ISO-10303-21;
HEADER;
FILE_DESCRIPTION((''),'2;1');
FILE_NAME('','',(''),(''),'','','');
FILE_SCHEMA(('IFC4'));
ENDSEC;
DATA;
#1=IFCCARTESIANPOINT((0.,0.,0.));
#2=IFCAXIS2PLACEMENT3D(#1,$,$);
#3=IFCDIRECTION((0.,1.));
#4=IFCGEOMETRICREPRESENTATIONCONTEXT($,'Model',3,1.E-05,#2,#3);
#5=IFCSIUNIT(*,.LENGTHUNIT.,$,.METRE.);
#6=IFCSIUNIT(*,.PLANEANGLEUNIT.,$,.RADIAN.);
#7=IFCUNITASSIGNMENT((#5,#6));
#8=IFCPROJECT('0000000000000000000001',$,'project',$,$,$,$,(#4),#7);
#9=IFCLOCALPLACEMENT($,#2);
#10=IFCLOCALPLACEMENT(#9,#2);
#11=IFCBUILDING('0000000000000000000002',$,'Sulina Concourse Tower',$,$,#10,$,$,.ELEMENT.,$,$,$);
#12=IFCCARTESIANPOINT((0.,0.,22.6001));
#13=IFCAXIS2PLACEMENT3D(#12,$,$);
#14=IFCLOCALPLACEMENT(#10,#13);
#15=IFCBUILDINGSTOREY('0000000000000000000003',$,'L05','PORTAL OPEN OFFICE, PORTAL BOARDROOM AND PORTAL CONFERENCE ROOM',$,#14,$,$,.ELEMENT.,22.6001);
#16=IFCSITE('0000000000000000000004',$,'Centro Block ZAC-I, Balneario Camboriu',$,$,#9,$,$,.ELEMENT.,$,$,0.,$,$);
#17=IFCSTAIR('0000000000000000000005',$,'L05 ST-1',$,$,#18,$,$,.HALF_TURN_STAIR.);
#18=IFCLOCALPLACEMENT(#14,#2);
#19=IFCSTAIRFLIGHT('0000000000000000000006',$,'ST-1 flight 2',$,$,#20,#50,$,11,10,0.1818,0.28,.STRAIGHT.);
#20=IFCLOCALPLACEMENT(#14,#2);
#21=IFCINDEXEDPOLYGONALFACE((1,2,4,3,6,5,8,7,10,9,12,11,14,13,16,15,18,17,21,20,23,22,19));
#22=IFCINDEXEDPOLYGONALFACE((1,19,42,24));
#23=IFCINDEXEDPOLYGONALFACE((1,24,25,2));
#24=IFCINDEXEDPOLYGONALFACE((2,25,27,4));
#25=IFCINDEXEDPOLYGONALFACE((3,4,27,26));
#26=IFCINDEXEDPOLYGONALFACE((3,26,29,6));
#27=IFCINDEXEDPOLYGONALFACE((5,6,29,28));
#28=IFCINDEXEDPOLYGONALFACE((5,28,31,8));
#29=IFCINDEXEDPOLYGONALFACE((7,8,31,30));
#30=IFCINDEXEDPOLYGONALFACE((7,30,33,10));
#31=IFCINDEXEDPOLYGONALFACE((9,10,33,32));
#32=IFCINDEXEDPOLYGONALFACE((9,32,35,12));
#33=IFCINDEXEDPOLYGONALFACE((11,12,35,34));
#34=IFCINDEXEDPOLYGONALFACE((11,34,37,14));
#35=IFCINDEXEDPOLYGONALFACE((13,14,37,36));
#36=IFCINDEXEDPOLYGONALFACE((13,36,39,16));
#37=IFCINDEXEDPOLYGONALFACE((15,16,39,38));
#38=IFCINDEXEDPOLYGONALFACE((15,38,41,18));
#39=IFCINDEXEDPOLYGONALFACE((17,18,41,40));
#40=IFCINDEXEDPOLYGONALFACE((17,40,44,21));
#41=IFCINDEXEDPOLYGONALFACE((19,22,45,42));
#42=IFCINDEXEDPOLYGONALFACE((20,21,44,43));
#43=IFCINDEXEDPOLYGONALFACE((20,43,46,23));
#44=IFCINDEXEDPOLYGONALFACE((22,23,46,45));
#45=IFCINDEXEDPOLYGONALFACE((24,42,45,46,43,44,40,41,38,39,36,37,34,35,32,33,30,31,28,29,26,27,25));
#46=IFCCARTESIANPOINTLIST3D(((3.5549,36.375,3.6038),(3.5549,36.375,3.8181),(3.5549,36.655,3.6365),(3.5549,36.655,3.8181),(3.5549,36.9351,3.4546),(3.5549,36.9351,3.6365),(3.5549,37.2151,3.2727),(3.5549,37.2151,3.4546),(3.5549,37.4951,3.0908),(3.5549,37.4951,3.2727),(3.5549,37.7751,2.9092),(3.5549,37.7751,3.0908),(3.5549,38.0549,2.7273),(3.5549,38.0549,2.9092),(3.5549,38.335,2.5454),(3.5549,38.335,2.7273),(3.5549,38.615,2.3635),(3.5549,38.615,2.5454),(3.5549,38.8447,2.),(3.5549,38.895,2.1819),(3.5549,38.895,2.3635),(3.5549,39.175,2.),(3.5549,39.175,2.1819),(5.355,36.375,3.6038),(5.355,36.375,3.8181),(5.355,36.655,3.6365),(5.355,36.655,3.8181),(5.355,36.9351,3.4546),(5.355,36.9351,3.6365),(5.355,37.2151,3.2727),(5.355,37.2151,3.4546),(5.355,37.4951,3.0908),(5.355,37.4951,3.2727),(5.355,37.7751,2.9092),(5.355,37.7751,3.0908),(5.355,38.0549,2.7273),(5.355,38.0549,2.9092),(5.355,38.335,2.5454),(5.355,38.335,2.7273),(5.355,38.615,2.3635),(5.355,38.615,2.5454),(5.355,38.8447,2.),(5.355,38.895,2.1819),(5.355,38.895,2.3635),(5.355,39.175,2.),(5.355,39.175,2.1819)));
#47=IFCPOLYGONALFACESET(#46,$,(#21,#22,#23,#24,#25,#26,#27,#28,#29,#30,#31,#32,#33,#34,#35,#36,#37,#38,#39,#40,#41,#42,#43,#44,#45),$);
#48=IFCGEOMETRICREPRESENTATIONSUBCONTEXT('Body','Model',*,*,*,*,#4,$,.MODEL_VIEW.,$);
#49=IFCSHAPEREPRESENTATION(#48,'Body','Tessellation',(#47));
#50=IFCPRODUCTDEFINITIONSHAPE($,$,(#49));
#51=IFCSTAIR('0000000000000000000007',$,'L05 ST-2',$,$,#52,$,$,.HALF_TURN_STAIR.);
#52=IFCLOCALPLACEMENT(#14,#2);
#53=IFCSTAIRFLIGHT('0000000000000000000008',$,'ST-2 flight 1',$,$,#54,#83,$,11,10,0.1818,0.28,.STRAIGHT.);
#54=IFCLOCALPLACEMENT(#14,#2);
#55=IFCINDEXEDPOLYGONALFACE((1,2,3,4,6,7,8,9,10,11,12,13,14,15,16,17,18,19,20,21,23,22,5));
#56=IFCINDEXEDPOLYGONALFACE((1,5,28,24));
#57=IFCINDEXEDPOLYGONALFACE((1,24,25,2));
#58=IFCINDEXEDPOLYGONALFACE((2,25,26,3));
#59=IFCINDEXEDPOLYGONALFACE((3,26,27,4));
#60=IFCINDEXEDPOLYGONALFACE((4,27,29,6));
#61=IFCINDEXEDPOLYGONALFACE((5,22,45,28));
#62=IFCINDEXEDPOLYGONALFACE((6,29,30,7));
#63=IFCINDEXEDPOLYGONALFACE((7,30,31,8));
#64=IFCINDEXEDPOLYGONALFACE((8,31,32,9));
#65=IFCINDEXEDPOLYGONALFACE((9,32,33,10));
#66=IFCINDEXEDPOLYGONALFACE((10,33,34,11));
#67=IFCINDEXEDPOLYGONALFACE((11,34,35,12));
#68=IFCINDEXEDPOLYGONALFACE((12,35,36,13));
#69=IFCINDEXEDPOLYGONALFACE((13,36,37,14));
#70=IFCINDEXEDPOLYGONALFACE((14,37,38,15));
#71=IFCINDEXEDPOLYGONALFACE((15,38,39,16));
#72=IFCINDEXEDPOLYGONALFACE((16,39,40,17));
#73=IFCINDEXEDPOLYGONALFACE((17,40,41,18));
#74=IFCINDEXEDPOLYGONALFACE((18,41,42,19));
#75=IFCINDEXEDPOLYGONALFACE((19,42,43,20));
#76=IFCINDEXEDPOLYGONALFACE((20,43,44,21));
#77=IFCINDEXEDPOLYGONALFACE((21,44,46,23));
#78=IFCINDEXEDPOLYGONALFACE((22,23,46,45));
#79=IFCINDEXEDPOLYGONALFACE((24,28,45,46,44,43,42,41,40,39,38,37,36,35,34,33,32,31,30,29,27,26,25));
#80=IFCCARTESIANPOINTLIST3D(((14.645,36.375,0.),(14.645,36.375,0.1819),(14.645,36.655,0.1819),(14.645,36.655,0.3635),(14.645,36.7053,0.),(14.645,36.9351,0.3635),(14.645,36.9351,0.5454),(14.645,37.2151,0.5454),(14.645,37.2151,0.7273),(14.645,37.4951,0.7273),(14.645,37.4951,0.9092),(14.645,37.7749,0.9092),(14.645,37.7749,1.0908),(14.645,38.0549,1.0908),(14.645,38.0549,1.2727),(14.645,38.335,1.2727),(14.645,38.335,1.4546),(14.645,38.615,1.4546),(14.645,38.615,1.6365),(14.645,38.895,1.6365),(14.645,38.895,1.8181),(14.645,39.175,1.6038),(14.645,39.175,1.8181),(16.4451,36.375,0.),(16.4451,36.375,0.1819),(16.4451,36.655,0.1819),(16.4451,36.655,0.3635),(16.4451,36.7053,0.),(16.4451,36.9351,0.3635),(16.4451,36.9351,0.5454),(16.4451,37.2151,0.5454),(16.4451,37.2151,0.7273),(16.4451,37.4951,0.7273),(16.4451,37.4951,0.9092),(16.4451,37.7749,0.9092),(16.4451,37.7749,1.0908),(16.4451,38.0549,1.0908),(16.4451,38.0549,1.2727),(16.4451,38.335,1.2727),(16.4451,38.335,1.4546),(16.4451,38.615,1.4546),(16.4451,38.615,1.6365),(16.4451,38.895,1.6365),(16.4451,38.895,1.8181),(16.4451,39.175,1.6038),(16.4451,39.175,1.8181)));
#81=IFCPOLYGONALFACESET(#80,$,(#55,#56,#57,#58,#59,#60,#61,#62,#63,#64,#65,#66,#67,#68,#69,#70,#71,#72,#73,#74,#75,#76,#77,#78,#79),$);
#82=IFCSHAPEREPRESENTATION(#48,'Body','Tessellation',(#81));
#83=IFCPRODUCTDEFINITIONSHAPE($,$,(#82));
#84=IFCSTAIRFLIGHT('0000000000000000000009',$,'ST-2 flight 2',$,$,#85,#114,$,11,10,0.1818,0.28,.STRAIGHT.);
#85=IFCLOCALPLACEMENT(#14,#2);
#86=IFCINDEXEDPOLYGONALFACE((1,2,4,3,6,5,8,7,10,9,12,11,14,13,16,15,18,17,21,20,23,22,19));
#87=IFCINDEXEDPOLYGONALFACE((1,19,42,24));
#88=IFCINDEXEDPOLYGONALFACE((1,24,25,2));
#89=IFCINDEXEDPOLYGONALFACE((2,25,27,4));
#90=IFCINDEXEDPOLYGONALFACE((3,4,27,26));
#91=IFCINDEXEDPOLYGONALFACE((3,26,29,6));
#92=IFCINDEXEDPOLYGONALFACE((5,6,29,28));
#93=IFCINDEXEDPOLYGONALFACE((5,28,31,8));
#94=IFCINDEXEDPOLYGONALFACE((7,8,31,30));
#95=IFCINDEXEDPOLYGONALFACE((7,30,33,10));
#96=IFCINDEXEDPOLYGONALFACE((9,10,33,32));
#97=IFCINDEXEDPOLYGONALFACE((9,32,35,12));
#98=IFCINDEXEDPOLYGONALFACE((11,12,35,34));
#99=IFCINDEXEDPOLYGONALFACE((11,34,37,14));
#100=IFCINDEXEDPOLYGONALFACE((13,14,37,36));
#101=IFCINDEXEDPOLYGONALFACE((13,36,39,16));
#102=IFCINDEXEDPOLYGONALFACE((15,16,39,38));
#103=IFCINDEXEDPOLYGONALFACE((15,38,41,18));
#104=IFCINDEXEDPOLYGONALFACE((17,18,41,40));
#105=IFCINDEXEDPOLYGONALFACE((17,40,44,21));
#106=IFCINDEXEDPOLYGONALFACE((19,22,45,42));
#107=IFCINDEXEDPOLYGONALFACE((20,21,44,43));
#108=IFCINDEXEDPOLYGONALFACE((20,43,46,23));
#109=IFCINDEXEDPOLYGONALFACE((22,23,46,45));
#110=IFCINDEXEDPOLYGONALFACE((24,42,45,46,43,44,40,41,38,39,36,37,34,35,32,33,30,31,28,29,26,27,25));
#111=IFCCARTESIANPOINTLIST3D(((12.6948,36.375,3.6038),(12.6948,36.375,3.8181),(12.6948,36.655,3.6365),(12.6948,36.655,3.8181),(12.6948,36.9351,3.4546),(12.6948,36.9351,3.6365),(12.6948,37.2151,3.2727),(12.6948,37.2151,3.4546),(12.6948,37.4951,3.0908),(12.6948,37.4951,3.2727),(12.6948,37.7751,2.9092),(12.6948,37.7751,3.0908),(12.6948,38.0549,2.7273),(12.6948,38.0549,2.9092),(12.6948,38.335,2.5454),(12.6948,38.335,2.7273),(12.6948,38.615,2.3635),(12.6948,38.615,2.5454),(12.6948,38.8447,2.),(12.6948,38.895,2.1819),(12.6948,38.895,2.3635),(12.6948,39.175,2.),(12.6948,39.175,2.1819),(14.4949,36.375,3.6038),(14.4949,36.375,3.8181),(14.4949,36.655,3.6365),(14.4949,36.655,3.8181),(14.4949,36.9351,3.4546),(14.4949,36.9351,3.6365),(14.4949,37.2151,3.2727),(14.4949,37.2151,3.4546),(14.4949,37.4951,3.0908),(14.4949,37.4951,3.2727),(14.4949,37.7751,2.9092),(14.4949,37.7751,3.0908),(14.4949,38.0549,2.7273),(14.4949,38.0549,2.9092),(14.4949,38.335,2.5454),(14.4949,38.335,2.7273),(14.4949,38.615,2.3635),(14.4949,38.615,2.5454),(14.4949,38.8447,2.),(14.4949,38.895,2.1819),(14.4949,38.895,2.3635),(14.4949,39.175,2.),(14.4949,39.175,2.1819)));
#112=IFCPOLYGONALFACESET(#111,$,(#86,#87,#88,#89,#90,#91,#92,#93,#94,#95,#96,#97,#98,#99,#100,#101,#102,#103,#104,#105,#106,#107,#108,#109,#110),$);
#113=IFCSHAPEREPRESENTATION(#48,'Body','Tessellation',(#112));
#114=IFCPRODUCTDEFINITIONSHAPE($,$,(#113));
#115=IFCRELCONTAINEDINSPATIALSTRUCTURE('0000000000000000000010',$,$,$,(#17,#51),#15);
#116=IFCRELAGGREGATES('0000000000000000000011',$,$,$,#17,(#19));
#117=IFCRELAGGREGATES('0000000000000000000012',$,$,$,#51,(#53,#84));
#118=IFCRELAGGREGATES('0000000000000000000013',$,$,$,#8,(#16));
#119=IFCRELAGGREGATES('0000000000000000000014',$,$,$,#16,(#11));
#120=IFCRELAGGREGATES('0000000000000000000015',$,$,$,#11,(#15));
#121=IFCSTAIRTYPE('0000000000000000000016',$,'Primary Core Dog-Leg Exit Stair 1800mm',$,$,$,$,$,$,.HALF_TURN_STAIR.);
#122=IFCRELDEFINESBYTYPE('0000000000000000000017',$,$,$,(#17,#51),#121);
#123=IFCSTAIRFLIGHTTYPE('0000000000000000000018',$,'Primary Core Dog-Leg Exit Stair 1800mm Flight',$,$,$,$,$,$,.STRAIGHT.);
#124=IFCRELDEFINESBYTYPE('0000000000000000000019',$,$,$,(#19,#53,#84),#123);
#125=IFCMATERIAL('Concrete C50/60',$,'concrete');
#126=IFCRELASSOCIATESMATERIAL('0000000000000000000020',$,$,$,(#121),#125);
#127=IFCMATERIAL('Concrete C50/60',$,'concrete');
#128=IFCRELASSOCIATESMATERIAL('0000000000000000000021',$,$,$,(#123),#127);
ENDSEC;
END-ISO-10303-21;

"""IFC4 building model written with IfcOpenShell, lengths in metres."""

from ifc_helpers import new_model, si_unit, direction, frame, origin, place, context, subcontext, project, spatial, polyline, outline, extrude, material, type_object, element, aggregate, save


model = new_model("IFC4")

# Units and contexts
model_context = context("Model", 3, precision=1e-05, world=origin(), true_north=direction((0.0, 1.0)))
body_context = subcontext(model_context, "Body", "Model", "MODEL_VIEW")
ifc_project = project(units=[si_unit("LENGTHUNIT", "METRE"), si_unit("PLANEANGLEUNIT", "RADIAN")], contexts=[model_context])

# Site, building, storey
site_placement = place(None, origin())
site = spatial("IfcSite", under=ifc_project, at=site_placement, Name="Centro Block ZAC-I, Balneario Camboriu", CompositionType="ELEMENT", RefElevation=0.0)
building_placement = place(site_placement, origin())
building = spatial("IfcBuilding", under=site, at=building_placement, Name="Sulina Concourse Tower", CompositionType="ELEMENT")
storey_placement = place(building_placement, frame((0.0, 0.0, 22.6001)))
storey = spatial("IfcBuildingStorey", under=building, at=storey_placement, Name="L05", Description="PORTAL OPEN OFFICE, PORTAL BOARDROOM AND PORTAL CONFERENCE ROOM", CompositionType="ELEMENT", Elevation=22.6001)

# Stairs, stair flights
ifc_material_1 = material(Name="Concrete C50/60", Category="concrete")
stair_type = type_object("IfcStairType", Name="Primary Core Dog-Leg Exit Stair 1800mm", PredefinedType="HALF_TURN_STAIR", material=ifc_material_1)
stair_1_placement = place(storey_placement, origin())
stair_1 = element("IfcStair", 1, at=stair_1_placement, inside=storey, type_object=stair_type, Name="L05 ST-1", PredefinedType="HALF_TURN_STAIR")
ifc_material_2 = material(Name="Concrete C50/60", Category="concrete")
stair_flight_type = type_object("IfcStairFlightType", Name="Primary Core Dog-Leg Exit Stair 1800mm Flight", PredefinedType="STRAIGHT", material=ifc_material_2)
stair_flight_1_placement = place(storey_placement, frame((4.4551, 39.175, 2.0), z_axis=(0.0, 0.0, 1.0), x_axis=(0.0, -1.0, 0.0)))
stair_flight_1 = element("IfcStairFlight", 2, at=stair_flight_1_placement, type_object=stair_flight_type, Name="ST-1 flight 2", NumberOfRisers=11, NumberOfTreads=10, PredefinedType="STRAIGHT", RiserHeight=0.1818, TreadLength=0.28, context=body_context, shape_type="SweptSolid", body=[
    extrude(outline(polyline([(0.0, 0.0), (0.0, 0.1819), (0.28, 0.1819), (0.28, 0.3635), (0.5601, 0.3635), (0.5601, 0.5454), (0.8401, 0.5454), (0.8401, 0.7273), (1.1201, 0.7273), (1.1201, 0.9092), (1.3999, 0.9092), (1.3999, 1.0908), (1.6799, 1.0908), (1.6799, 1.2727), (1.96, 1.2727), (1.96, 1.4546), (2.24, 1.4546), (2.24, 1.6365), (2.52, 1.6365), (2.52, 1.8181), (2.8, 1.8181), (2.8, 2.0), (2.8, 1.6038), (0.3303, 0.0), (0.0, 0.0)])), frame((0.0, 0.8999, 0.0), z_axis=(0.0, -1.0, 0.0), x_axis=(1.0, 0.0, 0.0)), (0.0, 0.0, 1.0), 1.8),
])
aggregate(stair_1, [stair_flight_1])
stair_2_placement = place(storey_placement, origin())
stair_2 = element("IfcStair", 3, at=stair_2_placement, inside=storey, type_object=stair_type, Name="L05 ST-2", PredefinedType="HALF_TURN_STAIR")
stair_flight_2_placement = place(storey_placement, frame((15.5449, 36.375, 0.0), z_axis=(0.0, 0.0, 1.0), x_axis=(0.0, 1.0, 0.0)))
stair_flight_2 = element("IfcStairFlight", 4, at=stair_flight_2_placement, type_object=stair_flight_type, Name="ST-2 flight 1", NumberOfRisers=11, NumberOfTreads=10, PredefinedType="STRAIGHT", RiserHeight=0.1818, TreadLength=0.28, context=body_context, shape_type="SweptSolid", body=[
    extrude(outline(polyline([(0.0, 0.0), (0.0, 0.1819), (0.28, 0.1819), (0.28, 0.3635), (0.5601, 0.3635), (0.5601, 0.5454), (0.8401, 0.5454), (0.8401, 0.7273), (1.1201, 0.7273), (1.1201, 0.9092), (1.3999, 0.9092), (1.3999, 1.0908), (1.6799, 1.0908), (1.6799, 1.2727), (1.96, 1.2727), (1.96, 1.4546), (2.24, 1.4546), (2.24, 1.6365), (2.52, 1.6365), (2.52, 1.8181), (2.8, 1.8181), (2.8, 2.0), (2.8, 1.6038), (0.3303, 0.0), (0.0, 0.0)])), frame((0.0, 0.8999, 0.0), z_axis=(0.0, -1.0, 0.0), x_axis=(1.0, 0.0, 0.0)), (0.0, 0.0, 1.0), 1.8),
])
stair_flight_3_placement = place(storey_placement, frame((13.595, 39.175, 2.0), z_axis=(0.0, 0.0, 1.0), x_axis=(0.0, -1.0, 0.0)))
stair_flight_3 = element("IfcStairFlight", 5, at=stair_flight_3_placement, type_object=stair_flight_type, Name="ST-2 flight 2", NumberOfRisers=11, NumberOfTreads=10, PredefinedType="STRAIGHT", RiserHeight=0.1818, TreadLength=0.28, context=body_context, shape_type="SweptSolid", body=[
    extrude(outline(polyline([(0.0, 0.0), (0.0, 0.1819), (0.28, 0.1819), (0.28, 0.3635), (0.5601, 0.3635), (0.5601, 0.5454), (0.8401, 0.5454), (0.8401, 0.7273), (1.1201, 0.7273), (1.1201, 0.9092), (1.3999, 0.9092), (1.3999, 1.0908), (1.6799, 1.0908), (1.6799, 1.2727), (1.96, 1.2727), (1.96, 1.4546), (2.24, 1.4546), (2.24, 1.6365), (2.52, 1.6365), (2.52, 1.8181), (2.8, 1.8181), (2.8, 2.0), (2.8, 1.6038), (0.3303, 0.0), (0.0, 0.0)])), frame((0.0, 0.8999, 0.0), z_axis=(0.0, -1.0, 0.0), x_axis=(1.0, 0.0, 0.0)), (0.0, 0.0, 1.0), 1.8),
])
aggregate(stair_2, [stair_flight_2, stair_flight_3])

save(model, "model.ifc")
